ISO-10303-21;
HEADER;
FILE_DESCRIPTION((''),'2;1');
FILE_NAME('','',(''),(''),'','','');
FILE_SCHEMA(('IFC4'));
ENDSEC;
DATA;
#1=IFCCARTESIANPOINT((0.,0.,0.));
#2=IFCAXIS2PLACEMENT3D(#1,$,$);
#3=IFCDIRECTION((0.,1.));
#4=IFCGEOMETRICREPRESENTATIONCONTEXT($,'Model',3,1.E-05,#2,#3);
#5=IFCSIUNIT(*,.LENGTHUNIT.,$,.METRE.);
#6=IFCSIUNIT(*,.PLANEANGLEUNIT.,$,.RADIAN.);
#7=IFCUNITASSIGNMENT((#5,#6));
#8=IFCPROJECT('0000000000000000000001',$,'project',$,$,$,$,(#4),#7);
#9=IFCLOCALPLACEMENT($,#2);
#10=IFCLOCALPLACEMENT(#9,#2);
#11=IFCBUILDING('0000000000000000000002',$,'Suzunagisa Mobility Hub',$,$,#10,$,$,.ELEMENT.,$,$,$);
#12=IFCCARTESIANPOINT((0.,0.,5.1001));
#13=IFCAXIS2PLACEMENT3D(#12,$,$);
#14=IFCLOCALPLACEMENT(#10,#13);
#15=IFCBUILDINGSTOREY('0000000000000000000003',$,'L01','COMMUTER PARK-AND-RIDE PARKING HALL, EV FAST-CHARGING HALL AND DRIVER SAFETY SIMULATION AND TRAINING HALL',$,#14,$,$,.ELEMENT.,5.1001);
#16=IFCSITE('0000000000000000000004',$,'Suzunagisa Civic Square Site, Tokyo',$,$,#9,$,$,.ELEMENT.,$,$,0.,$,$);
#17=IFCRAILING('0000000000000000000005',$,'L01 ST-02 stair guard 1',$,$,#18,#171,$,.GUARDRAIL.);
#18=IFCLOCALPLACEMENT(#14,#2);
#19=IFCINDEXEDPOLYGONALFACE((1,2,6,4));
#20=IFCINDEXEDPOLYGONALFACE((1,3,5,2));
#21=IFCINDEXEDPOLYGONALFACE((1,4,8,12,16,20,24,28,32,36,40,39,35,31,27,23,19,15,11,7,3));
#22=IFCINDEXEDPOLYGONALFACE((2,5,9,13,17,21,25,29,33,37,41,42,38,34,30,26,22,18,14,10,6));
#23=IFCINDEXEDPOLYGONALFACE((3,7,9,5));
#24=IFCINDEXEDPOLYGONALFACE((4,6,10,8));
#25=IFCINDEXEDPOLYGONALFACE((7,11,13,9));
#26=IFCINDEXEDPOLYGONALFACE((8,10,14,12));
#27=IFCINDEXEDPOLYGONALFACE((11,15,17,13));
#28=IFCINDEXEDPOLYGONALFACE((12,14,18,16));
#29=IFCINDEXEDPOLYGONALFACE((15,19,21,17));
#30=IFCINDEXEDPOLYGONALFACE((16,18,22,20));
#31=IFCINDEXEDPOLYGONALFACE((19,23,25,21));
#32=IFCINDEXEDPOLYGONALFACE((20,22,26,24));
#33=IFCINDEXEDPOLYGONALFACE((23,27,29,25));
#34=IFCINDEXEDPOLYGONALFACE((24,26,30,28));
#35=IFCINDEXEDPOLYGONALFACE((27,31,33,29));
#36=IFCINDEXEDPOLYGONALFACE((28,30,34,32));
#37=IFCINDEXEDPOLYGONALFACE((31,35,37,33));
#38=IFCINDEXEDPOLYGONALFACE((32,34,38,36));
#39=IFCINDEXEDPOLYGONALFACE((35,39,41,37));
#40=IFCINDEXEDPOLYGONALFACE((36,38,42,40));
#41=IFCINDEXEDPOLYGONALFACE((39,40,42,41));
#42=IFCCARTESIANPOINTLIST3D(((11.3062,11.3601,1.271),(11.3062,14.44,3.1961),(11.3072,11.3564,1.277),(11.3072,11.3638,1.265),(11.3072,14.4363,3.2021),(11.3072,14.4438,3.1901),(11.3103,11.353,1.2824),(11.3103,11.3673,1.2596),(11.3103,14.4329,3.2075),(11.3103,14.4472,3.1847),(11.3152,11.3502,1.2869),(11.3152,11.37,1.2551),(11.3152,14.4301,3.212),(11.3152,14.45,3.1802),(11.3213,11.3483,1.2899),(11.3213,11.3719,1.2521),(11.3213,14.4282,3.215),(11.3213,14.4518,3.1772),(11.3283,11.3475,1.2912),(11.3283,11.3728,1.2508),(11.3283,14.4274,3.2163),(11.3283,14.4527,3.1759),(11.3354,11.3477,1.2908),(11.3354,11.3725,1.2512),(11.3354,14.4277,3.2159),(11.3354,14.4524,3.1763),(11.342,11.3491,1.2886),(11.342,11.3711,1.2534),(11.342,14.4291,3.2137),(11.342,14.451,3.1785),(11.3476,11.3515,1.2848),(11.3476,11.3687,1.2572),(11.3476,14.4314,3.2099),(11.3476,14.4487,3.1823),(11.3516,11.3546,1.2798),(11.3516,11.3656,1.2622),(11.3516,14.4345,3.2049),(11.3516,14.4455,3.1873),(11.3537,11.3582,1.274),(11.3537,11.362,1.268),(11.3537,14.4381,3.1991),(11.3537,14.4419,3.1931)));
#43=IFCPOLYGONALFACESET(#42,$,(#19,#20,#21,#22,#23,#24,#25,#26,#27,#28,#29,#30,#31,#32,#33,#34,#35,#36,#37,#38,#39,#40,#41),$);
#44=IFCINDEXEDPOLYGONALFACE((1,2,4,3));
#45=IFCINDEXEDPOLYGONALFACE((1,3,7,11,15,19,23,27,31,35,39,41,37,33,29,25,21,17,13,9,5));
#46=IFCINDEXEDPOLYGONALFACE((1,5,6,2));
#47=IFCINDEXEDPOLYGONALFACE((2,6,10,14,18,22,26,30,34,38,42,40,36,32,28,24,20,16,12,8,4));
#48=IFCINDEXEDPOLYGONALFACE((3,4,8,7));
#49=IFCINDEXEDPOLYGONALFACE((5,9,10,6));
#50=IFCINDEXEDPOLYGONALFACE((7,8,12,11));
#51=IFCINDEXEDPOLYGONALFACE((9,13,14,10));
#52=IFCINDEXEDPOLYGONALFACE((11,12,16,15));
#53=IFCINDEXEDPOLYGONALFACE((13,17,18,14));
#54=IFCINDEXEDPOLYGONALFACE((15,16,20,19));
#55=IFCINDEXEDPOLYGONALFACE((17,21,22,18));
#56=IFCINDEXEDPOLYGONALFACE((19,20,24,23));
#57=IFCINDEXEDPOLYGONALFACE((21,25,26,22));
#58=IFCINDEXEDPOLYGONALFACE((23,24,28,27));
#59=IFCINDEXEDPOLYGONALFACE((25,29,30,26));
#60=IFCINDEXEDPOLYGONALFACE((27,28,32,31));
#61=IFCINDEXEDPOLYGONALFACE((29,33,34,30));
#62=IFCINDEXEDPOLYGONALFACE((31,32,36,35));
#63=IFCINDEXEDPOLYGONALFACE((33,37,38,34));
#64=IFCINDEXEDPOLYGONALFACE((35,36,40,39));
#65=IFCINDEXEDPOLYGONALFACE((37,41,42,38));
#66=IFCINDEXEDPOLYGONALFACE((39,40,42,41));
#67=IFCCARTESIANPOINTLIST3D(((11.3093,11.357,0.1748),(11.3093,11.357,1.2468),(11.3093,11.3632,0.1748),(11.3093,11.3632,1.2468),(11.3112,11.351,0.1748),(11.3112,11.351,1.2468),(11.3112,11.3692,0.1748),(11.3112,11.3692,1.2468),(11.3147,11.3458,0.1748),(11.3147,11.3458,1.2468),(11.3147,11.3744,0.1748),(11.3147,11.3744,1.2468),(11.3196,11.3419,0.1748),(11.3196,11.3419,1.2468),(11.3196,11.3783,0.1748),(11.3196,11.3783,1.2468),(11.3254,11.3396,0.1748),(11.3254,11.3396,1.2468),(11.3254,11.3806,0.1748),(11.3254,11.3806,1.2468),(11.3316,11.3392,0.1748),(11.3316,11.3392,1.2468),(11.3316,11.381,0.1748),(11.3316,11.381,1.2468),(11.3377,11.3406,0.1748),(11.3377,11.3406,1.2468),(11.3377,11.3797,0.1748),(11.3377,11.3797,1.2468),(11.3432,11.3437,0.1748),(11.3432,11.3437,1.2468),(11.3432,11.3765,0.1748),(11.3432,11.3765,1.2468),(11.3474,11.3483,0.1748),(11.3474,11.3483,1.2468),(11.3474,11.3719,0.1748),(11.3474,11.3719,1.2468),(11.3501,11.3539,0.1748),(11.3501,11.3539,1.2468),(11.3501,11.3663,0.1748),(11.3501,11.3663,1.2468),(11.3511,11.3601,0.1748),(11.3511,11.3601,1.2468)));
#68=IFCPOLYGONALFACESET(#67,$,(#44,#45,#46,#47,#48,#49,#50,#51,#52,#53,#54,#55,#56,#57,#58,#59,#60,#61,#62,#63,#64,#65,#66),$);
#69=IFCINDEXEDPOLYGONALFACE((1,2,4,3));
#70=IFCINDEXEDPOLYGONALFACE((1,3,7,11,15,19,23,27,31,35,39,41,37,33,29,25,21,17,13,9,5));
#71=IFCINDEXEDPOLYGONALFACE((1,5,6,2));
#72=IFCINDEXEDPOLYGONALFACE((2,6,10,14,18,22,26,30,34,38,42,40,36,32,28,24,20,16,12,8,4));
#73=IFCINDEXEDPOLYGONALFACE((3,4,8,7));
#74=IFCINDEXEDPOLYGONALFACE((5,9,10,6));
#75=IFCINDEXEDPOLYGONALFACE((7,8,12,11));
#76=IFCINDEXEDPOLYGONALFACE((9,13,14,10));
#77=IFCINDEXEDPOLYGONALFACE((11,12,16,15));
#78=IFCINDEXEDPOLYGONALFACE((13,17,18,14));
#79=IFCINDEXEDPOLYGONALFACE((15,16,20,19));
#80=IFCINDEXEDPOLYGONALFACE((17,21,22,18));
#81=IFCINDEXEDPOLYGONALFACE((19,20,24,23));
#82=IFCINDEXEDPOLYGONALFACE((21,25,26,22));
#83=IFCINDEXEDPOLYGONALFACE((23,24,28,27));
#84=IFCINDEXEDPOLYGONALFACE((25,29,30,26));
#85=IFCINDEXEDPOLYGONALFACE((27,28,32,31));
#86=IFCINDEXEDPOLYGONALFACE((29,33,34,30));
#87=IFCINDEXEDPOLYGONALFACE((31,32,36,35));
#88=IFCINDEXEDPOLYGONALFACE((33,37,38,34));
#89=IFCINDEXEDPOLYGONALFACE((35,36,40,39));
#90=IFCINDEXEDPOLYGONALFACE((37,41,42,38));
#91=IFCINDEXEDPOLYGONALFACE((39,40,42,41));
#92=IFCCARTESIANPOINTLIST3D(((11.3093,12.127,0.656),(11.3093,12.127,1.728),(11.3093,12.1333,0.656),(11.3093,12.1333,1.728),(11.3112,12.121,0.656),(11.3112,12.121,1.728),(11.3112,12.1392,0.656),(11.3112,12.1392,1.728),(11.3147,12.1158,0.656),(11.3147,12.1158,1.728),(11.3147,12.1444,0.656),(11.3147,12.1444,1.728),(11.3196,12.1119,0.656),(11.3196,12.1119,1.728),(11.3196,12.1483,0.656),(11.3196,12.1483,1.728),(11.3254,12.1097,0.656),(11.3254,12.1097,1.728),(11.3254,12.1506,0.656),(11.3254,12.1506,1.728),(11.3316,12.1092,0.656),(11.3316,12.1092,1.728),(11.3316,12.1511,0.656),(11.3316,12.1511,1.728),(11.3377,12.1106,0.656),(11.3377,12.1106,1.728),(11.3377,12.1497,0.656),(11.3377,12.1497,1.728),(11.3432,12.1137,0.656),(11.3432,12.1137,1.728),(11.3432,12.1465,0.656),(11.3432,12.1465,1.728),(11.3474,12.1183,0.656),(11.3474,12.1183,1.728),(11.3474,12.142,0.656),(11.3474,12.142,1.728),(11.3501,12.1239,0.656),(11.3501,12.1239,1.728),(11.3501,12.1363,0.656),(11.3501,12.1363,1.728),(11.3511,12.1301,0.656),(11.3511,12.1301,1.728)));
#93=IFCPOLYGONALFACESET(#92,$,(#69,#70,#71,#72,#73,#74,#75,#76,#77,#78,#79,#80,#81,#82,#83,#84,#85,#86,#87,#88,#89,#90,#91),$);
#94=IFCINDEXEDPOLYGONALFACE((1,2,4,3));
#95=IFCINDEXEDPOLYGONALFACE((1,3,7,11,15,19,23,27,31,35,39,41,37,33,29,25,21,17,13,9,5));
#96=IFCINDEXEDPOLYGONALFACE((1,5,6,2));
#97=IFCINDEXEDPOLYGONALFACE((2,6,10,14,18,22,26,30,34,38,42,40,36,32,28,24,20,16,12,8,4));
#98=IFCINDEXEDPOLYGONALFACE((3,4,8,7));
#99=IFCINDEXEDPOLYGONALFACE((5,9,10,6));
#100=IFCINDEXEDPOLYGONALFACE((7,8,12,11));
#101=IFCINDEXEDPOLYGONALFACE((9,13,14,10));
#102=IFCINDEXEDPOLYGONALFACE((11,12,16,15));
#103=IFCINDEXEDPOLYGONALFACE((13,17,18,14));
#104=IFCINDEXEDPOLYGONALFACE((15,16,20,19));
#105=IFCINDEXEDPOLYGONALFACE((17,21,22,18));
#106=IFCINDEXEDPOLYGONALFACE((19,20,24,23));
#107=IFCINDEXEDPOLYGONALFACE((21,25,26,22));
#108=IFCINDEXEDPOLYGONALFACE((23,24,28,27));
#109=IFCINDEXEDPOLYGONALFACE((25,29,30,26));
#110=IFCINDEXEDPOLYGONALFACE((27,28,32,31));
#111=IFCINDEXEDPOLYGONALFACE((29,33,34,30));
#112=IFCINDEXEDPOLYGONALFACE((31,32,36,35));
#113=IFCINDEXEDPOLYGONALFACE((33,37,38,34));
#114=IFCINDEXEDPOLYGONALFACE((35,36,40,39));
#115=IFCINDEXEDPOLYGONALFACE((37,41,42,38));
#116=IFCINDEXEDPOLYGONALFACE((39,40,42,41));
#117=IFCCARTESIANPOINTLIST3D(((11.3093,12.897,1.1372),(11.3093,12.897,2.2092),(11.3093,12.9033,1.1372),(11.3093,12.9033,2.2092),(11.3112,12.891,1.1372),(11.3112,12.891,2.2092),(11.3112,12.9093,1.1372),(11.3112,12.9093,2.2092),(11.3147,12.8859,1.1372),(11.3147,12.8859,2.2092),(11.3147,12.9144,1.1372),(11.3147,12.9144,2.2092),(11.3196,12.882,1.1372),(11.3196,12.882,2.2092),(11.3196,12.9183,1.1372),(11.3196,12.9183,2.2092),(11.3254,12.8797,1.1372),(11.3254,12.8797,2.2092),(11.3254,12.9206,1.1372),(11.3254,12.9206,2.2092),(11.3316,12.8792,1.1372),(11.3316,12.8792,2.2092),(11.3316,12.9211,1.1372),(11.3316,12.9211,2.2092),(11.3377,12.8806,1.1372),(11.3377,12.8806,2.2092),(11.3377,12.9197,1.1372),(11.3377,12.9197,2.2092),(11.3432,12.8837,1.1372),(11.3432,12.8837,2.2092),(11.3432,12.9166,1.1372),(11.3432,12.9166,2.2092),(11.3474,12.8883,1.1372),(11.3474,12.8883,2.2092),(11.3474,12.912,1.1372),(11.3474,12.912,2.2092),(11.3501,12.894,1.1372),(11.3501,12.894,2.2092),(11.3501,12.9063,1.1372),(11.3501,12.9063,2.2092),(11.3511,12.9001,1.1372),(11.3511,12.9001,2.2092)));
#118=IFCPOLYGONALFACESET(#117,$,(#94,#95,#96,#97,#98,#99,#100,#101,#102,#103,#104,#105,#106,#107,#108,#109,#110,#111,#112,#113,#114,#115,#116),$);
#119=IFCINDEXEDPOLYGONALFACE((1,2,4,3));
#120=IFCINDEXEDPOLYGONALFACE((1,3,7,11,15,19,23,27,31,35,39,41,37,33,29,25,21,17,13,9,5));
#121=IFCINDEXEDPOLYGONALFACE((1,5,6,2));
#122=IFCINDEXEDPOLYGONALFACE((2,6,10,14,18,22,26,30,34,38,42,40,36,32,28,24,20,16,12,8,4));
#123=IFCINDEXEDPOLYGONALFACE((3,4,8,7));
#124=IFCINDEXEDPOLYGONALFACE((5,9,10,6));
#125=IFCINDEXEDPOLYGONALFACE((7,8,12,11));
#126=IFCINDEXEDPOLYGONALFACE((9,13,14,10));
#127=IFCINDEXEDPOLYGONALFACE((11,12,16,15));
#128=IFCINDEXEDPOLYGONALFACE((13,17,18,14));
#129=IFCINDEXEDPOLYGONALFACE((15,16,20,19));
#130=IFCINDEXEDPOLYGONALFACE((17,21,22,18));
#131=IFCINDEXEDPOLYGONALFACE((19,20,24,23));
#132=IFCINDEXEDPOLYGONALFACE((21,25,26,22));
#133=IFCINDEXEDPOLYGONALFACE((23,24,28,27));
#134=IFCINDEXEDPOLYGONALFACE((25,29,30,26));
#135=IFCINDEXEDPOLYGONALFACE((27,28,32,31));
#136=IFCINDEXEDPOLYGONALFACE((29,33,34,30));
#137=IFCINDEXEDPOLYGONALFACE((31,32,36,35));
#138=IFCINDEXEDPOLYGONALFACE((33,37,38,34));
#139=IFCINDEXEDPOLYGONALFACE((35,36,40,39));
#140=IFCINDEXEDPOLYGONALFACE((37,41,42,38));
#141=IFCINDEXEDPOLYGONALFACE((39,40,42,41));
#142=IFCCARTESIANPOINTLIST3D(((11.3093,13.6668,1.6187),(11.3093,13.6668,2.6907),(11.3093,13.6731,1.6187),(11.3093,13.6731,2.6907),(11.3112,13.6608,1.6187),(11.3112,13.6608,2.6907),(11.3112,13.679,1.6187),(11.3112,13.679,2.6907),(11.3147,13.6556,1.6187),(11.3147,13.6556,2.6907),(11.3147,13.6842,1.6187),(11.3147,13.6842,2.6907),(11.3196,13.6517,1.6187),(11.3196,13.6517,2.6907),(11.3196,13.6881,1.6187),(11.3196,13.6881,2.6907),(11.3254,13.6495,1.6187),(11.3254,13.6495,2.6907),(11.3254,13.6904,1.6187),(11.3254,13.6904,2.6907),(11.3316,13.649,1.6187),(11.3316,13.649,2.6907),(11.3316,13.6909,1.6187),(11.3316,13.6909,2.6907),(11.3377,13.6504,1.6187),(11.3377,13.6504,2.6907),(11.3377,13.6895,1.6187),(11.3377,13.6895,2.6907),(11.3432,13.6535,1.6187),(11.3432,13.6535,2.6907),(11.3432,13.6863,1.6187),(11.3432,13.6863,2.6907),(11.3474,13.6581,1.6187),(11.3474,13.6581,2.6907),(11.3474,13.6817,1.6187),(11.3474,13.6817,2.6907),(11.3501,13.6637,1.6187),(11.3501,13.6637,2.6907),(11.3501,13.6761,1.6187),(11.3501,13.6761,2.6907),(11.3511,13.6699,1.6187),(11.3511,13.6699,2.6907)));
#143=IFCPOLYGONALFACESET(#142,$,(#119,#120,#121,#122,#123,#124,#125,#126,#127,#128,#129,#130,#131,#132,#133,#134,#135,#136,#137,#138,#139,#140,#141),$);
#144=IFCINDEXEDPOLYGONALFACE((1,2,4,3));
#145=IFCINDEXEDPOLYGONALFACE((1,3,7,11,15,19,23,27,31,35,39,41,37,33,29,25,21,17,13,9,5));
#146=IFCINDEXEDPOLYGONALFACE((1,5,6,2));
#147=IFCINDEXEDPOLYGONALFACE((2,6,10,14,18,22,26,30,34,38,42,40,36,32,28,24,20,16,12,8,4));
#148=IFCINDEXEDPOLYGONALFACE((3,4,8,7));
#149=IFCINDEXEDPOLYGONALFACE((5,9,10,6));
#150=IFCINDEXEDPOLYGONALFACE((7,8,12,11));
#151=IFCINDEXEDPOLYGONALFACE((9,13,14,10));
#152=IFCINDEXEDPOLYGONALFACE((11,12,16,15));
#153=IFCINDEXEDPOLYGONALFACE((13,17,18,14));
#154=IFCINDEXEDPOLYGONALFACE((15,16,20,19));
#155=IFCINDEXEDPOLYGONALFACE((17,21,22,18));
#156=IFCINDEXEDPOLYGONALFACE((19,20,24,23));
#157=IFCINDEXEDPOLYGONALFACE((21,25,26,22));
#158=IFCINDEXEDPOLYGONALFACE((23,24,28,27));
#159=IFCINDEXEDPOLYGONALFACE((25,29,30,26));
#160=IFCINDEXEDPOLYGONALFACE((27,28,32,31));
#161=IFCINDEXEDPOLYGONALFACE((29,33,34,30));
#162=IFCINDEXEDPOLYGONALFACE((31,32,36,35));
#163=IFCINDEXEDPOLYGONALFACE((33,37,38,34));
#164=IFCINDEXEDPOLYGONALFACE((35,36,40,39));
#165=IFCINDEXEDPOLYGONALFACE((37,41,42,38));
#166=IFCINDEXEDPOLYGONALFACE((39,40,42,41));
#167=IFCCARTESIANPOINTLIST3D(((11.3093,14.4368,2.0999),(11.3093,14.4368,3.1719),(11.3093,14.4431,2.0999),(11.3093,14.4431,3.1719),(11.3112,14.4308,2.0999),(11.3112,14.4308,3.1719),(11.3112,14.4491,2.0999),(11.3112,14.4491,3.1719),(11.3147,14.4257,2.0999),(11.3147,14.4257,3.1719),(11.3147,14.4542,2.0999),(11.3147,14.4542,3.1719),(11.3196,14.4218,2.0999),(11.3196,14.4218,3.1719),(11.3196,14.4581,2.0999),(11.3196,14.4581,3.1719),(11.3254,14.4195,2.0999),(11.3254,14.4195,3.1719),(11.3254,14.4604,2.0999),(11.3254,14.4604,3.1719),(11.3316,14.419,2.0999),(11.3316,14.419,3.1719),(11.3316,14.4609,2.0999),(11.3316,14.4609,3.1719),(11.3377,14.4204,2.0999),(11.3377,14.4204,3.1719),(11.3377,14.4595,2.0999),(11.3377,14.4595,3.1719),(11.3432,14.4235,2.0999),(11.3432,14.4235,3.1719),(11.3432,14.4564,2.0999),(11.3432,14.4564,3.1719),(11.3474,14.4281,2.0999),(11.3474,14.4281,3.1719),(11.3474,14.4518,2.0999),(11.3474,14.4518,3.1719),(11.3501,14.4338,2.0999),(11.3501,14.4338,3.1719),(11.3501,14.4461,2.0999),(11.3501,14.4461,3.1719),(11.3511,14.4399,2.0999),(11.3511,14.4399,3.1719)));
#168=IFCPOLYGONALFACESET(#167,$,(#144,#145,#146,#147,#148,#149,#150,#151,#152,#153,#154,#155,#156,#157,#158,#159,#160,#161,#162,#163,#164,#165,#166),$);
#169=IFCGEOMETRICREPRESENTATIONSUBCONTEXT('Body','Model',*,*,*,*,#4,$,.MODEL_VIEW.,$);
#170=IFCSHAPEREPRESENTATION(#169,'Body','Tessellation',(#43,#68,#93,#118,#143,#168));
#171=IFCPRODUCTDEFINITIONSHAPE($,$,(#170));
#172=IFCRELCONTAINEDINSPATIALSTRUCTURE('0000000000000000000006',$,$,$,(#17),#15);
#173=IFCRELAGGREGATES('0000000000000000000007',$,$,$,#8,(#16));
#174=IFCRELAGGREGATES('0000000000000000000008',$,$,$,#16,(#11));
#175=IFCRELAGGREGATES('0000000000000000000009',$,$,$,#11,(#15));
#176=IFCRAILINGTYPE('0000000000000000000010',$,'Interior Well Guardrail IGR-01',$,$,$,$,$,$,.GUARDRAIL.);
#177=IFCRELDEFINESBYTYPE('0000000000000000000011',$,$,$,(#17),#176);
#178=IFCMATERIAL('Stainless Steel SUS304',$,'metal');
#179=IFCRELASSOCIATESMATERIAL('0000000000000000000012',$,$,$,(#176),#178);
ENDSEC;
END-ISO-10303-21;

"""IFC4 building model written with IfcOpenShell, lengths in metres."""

from ifc_helpers import new_model, si_unit, direction, frame, origin, origin_2d, place, context, subcontext, project, spatial, circle, extrude, material, type_object, element, save


model = new_model("IFC4")

# Units and contexts
model_context = context("Model", 3, precision=1e-05, world=origin(), true_north=direction((0.0, 1.0)))
body_context = subcontext(model_context, "Body", "Model", "MODEL_VIEW")
ifc_project = project(units=[si_unit("LENGTHUNIT", "METRE"), si_unit("PLANEANGLEUNIT", "RADIAN")], contexts=[model_context])

# Site, building, storey
site_placement = place(None, origin())
site = spatial("IfcSite", under=ifc_project, at=site_placement, Name="Suzunagisa Civic Square Site, Tokyo", CompositionType="ELEMENT", RefElevation=0.0)
building_placement = place(site_placement, origin())
building = spatial("IfcBuilding", under=site, at=building_placement, Name="Suzunagisa Mobility Hub", CompositionType="ELEMENT")
storey_placement = place(building_placement, frame((0.0, 0.0, 5.1001)))
storey = spatial("IfcBuildingStorey", under=building, at=storey_placement, Name="L01", Description="COMMUTER PARK-AND-RIDE PARKING HALL, EV FAST-CHARGING HALL AND DRIVER SAFETY SIMULATION AND TRAINING HALL", CompositionType="ELEMENT", Elevation=5.1001)

# Railing
ifc_material_1 = material(Name="Stainless Steel SUS304", Category="metal")
railing_type_1 = type_object("IfcRailingType", Name="Interior Well Guardrail IGR-01", PredefinedType="GUARDRAIL", material=ifc_material_1)
railing_1_placement = place(storey_placement, frame((11.3301, 11.3601, 0.1748)))
element("IfcRailing", 1, at=railing_1_placement, inside=storey, type_object=railing_type_1, Name="L01 ST-02 stair guard 1", PredefinedType="GUARDRAIL", context=body_context, shape_type="SweptSolid", body=[
    extrude(circle(Radius=0.0239, at=origin_2d()), frame((0.0, 0.0, 1.0962), z_axis=(0.0, 0.847979, 0.530029), x_axis=(-1.0, 0.0, 0.0)), (0.0, 0.0, 1.0), 3.6321),
    extrude(circle(Radius=0.021, at=origin_2d()), origin(), (0.0, 0.0, 1.0), 1.072),
    extrude(circle(Radius=0.021, at=origin_2d()), frame((0.0, 0.77, 0.4812)), (0.0, 0.0, 1.0), 1.072),
    extrude(circle(Radius=0.021, at=origin_2d()), frame((0.0, 1.54, 0.9624)), (0.0, 0.0, 1.0), 1.072),
    extrude(circle(Radius=0.021, at=origin_2d()), frame((0.0, 2.3098, 1.4438)), (0.0, 0.0, 1.0), 1.072),
    extrude(circle(Radius=0.021, at=origin_2d()), frame((0.0, 3.0798, 1.925)), (0.0, 0.0, 1.0), 1.072),
])

save(model, "model.ifc")
